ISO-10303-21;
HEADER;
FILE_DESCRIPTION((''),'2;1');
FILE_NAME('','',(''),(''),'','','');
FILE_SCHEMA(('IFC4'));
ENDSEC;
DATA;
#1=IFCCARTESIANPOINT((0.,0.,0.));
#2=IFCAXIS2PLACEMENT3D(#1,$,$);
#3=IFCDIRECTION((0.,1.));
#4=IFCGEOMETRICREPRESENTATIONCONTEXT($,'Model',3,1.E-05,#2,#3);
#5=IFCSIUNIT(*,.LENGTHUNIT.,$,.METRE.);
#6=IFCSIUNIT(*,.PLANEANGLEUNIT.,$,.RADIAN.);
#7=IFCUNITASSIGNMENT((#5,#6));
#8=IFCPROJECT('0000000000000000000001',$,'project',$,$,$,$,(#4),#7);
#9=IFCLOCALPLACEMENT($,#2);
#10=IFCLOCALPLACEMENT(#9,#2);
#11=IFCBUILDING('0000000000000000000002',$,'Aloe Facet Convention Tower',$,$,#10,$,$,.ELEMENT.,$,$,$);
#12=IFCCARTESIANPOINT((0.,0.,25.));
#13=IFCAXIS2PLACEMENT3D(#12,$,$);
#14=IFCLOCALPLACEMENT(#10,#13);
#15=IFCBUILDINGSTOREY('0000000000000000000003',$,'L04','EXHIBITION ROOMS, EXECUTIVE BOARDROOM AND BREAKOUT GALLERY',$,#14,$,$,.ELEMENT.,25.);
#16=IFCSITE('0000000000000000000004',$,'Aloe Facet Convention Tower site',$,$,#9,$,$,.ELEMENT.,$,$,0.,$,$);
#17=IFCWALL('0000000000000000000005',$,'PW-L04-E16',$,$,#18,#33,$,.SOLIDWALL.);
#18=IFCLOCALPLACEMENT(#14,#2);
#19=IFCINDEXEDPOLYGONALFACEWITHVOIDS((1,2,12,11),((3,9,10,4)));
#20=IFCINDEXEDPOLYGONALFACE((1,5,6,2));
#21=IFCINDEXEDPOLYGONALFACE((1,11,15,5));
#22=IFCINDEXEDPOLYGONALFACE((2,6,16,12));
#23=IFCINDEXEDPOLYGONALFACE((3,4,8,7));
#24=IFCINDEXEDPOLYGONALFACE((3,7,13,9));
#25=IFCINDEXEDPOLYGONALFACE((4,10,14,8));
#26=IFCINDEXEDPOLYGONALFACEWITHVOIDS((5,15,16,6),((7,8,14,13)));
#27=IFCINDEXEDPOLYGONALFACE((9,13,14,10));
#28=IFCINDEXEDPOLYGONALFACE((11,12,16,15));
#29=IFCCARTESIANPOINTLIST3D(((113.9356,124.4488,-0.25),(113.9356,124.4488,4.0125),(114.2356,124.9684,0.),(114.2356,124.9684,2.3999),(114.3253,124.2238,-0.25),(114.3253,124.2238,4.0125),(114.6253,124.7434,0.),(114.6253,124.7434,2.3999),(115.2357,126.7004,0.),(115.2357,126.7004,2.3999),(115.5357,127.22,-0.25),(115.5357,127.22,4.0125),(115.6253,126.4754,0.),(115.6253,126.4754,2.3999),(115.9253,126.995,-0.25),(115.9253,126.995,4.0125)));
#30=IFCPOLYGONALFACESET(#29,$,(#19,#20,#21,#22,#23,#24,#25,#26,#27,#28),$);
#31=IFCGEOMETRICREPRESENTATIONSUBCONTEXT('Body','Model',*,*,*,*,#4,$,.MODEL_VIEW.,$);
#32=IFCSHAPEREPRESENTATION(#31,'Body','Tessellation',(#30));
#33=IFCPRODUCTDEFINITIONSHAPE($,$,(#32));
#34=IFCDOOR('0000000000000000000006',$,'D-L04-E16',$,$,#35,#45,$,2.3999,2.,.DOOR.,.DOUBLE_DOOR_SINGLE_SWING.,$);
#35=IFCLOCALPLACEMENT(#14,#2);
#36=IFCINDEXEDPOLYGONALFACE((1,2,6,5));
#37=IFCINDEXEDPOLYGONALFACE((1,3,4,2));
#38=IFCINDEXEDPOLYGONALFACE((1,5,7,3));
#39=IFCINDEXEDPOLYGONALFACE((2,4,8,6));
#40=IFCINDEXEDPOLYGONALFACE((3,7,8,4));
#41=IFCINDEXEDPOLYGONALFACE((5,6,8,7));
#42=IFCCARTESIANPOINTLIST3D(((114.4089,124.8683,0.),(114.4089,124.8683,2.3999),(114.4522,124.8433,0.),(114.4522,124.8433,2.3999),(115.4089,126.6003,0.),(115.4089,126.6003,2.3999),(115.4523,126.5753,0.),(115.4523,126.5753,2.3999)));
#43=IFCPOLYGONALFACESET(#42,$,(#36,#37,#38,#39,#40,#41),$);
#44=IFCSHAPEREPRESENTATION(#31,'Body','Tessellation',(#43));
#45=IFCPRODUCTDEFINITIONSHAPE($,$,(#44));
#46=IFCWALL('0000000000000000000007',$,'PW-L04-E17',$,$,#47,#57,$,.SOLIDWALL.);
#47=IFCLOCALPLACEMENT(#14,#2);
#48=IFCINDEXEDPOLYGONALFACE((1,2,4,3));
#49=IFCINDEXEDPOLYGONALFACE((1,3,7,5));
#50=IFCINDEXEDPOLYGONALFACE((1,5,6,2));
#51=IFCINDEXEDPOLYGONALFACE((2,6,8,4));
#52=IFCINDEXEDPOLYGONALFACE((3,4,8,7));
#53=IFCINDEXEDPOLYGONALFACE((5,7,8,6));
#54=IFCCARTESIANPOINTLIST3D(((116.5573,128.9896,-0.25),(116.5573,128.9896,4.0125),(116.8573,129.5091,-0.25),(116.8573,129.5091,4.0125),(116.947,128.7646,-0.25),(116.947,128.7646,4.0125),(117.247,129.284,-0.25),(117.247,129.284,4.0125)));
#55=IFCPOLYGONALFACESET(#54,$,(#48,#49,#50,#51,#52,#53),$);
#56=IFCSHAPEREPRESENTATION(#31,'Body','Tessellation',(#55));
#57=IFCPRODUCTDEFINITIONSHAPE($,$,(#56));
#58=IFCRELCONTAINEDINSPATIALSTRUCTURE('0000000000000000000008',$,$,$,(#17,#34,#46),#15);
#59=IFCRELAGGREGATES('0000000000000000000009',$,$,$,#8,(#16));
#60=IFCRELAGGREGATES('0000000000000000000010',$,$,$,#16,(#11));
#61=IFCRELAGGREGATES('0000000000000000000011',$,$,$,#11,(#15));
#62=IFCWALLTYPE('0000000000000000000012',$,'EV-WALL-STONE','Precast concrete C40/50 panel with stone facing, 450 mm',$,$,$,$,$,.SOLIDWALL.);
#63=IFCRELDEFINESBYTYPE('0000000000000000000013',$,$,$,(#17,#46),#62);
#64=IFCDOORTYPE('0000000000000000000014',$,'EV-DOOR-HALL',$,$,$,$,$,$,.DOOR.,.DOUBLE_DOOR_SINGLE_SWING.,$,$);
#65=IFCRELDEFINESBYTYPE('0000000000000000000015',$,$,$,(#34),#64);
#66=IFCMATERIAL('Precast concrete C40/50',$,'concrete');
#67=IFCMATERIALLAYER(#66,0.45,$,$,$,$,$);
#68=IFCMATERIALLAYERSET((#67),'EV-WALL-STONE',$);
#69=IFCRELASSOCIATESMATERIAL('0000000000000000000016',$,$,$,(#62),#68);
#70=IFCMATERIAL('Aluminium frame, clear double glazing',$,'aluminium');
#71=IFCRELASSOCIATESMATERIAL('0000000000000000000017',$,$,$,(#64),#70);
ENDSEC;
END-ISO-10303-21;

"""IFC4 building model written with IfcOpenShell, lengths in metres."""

from ifc_helpers import new_model, si_unit, direction, frame, frame_2d, origin, place, context, subcontext, project, spatial, rectangle, extrude, material, layer, layer_set, type_object, element, fill, save


model = new_model("IFC4")

# Units and contexts
model_context = context("Model", 3, precision=1e-05, world=origin(), true_north=direction((0.0, 1.0)))
body_context = subcontext(model_context, "Body", "Model", "MODEL_VIEW")
ifc_project = project(units=[si_unit("LENGTHUNIT", "METRE"), si_unit("PLANEANGLEUNIT", "RADIAN")], contexts=[model_context])

# Site, building, storey
site_placement = place(None, origin())
site = spatial("IfcSite", under=ifc_project, at=site_placement, Name="Aloe Facet Convention Tower site", CompositionType="ELEMENT", RefElevation=0.0)
building_placement = place(site_placement, origin())
building = spatial("IfcBuilding", under=site, at=building_placement, Name="Aloe Facet Convention Tower", CompositionType="ELEMENT")
storey_placement = place(building_placement, frame((0.0, 0.0, 25.0)))
storey = spatial("IfcBuildingStorey", under=building, at=storey_placement, Name="L04", Description="EXHIBITION ROOMS, EXECUTIVE BOARDROOM AND BREAKOUT GALLERY", CompositionType="ELEMENT", Elevation=25.0)

# Shared definitions
ifc_material_1 = material(Name="Precast concrete C40/50", Category="concrete")
ifc_layer_1 = layer(ifc_material_1, 0.45)
ifc_layer_set_1 = layer_set([ifc_layer_1], Name="EV-WALL-STONE")
wall_type = type_object("IfcWallType", Name="EV-WALL-STONE", Description="Precast concrete C40/50 panel with stone facing, 450 mm", PredefinedType="SOLIDWALL", material=ifc_layer_set_1)

# Wall, opening, door
wall_1_placement = place(storey_placement, frame((114.1304, 124.3362, -0.25), z_axis=(0.0, 0.0, 1.0), x_axis=(0.500028, 0.866009, 0.0)))
wall_1 = element("IfcWall", 1, at=wall_1_placement, inside=storey, type_object=wall_type, Name="PW-L04-E16", PredefinedType="SOLIDWALL", context=body_context, shape_type="SweptSolid", body=[
    extrude(rectangle(XDim=3.2, YDim=0.45, at=frame_2d((1.6001, 0.0))), origin(), (0.0, 0.0, 1.0), 4.2625),
])
opening_placement = place(wall_1_placement, frame((0.6001, 0.0, 0.25)))
opening = element("IfcOpeningElement", 2, at=opening_placement, cuts=wall_1, PredefinedType="OPENING", context=body_context, shape_type="SweptSolid", body=[
    extrude(rectangle(XDim=2.0, YDim=2.3999, at=frame_2d((1.0, 1.2))), frame((0.0, 0.2349, 0.0), z_axis=(0.0, -1.0, 0.0), x_axis=(1.0, 0.0, 0.0)), (0.0, 0.0, 1.0), 0.47),
])
ifc_material_2 = material(Name="Aluminium frame, clear double glazing", Category="aluminium")
door_type = type_object("IfcDoorType", Name="EV-DOOR-HALL", OperationType="DOUBLE_DOOR_SINGLE_SWING", PredefinedType="DOOR", material=ifc_material_2)
door_placement = place(opening_placement, origin())
door = element("IfcDoor", 3, at=door_placement, inside=storey, type_object=door_type, Name="D-L04-E16", OperationType="DOUBLE_DOOR_SINGLE_SWING", OverallHeight=2.3999, OverallWidth=2.0, PredefinedType="DOOR", context=body_context, shape_type="SweptSolid", body=[
    extrude(rectangle(XDim=2.0, YDim=2.3999, at=frame_2d((1.0, 1.2))), frame((0.0, 0.0249, 0.0), z_axis=(0.0, -1.0, 0.0), x_axis=(1.0, 0.0, 0.0)), (0.0, 0.0, 1.0), 0.05),
])
fill(opening, door)

# Wall
wall_2_placement = place(storey_placement, frame((116.7522, 128.8772, -0.25), z_axis=(0.0, 0.0, 1.0), x_axis=(0.500122, 0.865955, 0.0)))
element("IfcWall", 4, at=wall_2_placement, inside=storey, type_object=wall_type, Name="PW-L04-E17", PredefinedType="SOLIDWALL", context=body_context, shape_type="SweptSolid", body=[
    extrude(rectangle(XDim=0.5999, YDim=0.45, at=frame_2d((0.2998, 0.0))), origin(), (0.0, 0.0, 1.0), 4.2625),
])

save(model, "model.ifc")
